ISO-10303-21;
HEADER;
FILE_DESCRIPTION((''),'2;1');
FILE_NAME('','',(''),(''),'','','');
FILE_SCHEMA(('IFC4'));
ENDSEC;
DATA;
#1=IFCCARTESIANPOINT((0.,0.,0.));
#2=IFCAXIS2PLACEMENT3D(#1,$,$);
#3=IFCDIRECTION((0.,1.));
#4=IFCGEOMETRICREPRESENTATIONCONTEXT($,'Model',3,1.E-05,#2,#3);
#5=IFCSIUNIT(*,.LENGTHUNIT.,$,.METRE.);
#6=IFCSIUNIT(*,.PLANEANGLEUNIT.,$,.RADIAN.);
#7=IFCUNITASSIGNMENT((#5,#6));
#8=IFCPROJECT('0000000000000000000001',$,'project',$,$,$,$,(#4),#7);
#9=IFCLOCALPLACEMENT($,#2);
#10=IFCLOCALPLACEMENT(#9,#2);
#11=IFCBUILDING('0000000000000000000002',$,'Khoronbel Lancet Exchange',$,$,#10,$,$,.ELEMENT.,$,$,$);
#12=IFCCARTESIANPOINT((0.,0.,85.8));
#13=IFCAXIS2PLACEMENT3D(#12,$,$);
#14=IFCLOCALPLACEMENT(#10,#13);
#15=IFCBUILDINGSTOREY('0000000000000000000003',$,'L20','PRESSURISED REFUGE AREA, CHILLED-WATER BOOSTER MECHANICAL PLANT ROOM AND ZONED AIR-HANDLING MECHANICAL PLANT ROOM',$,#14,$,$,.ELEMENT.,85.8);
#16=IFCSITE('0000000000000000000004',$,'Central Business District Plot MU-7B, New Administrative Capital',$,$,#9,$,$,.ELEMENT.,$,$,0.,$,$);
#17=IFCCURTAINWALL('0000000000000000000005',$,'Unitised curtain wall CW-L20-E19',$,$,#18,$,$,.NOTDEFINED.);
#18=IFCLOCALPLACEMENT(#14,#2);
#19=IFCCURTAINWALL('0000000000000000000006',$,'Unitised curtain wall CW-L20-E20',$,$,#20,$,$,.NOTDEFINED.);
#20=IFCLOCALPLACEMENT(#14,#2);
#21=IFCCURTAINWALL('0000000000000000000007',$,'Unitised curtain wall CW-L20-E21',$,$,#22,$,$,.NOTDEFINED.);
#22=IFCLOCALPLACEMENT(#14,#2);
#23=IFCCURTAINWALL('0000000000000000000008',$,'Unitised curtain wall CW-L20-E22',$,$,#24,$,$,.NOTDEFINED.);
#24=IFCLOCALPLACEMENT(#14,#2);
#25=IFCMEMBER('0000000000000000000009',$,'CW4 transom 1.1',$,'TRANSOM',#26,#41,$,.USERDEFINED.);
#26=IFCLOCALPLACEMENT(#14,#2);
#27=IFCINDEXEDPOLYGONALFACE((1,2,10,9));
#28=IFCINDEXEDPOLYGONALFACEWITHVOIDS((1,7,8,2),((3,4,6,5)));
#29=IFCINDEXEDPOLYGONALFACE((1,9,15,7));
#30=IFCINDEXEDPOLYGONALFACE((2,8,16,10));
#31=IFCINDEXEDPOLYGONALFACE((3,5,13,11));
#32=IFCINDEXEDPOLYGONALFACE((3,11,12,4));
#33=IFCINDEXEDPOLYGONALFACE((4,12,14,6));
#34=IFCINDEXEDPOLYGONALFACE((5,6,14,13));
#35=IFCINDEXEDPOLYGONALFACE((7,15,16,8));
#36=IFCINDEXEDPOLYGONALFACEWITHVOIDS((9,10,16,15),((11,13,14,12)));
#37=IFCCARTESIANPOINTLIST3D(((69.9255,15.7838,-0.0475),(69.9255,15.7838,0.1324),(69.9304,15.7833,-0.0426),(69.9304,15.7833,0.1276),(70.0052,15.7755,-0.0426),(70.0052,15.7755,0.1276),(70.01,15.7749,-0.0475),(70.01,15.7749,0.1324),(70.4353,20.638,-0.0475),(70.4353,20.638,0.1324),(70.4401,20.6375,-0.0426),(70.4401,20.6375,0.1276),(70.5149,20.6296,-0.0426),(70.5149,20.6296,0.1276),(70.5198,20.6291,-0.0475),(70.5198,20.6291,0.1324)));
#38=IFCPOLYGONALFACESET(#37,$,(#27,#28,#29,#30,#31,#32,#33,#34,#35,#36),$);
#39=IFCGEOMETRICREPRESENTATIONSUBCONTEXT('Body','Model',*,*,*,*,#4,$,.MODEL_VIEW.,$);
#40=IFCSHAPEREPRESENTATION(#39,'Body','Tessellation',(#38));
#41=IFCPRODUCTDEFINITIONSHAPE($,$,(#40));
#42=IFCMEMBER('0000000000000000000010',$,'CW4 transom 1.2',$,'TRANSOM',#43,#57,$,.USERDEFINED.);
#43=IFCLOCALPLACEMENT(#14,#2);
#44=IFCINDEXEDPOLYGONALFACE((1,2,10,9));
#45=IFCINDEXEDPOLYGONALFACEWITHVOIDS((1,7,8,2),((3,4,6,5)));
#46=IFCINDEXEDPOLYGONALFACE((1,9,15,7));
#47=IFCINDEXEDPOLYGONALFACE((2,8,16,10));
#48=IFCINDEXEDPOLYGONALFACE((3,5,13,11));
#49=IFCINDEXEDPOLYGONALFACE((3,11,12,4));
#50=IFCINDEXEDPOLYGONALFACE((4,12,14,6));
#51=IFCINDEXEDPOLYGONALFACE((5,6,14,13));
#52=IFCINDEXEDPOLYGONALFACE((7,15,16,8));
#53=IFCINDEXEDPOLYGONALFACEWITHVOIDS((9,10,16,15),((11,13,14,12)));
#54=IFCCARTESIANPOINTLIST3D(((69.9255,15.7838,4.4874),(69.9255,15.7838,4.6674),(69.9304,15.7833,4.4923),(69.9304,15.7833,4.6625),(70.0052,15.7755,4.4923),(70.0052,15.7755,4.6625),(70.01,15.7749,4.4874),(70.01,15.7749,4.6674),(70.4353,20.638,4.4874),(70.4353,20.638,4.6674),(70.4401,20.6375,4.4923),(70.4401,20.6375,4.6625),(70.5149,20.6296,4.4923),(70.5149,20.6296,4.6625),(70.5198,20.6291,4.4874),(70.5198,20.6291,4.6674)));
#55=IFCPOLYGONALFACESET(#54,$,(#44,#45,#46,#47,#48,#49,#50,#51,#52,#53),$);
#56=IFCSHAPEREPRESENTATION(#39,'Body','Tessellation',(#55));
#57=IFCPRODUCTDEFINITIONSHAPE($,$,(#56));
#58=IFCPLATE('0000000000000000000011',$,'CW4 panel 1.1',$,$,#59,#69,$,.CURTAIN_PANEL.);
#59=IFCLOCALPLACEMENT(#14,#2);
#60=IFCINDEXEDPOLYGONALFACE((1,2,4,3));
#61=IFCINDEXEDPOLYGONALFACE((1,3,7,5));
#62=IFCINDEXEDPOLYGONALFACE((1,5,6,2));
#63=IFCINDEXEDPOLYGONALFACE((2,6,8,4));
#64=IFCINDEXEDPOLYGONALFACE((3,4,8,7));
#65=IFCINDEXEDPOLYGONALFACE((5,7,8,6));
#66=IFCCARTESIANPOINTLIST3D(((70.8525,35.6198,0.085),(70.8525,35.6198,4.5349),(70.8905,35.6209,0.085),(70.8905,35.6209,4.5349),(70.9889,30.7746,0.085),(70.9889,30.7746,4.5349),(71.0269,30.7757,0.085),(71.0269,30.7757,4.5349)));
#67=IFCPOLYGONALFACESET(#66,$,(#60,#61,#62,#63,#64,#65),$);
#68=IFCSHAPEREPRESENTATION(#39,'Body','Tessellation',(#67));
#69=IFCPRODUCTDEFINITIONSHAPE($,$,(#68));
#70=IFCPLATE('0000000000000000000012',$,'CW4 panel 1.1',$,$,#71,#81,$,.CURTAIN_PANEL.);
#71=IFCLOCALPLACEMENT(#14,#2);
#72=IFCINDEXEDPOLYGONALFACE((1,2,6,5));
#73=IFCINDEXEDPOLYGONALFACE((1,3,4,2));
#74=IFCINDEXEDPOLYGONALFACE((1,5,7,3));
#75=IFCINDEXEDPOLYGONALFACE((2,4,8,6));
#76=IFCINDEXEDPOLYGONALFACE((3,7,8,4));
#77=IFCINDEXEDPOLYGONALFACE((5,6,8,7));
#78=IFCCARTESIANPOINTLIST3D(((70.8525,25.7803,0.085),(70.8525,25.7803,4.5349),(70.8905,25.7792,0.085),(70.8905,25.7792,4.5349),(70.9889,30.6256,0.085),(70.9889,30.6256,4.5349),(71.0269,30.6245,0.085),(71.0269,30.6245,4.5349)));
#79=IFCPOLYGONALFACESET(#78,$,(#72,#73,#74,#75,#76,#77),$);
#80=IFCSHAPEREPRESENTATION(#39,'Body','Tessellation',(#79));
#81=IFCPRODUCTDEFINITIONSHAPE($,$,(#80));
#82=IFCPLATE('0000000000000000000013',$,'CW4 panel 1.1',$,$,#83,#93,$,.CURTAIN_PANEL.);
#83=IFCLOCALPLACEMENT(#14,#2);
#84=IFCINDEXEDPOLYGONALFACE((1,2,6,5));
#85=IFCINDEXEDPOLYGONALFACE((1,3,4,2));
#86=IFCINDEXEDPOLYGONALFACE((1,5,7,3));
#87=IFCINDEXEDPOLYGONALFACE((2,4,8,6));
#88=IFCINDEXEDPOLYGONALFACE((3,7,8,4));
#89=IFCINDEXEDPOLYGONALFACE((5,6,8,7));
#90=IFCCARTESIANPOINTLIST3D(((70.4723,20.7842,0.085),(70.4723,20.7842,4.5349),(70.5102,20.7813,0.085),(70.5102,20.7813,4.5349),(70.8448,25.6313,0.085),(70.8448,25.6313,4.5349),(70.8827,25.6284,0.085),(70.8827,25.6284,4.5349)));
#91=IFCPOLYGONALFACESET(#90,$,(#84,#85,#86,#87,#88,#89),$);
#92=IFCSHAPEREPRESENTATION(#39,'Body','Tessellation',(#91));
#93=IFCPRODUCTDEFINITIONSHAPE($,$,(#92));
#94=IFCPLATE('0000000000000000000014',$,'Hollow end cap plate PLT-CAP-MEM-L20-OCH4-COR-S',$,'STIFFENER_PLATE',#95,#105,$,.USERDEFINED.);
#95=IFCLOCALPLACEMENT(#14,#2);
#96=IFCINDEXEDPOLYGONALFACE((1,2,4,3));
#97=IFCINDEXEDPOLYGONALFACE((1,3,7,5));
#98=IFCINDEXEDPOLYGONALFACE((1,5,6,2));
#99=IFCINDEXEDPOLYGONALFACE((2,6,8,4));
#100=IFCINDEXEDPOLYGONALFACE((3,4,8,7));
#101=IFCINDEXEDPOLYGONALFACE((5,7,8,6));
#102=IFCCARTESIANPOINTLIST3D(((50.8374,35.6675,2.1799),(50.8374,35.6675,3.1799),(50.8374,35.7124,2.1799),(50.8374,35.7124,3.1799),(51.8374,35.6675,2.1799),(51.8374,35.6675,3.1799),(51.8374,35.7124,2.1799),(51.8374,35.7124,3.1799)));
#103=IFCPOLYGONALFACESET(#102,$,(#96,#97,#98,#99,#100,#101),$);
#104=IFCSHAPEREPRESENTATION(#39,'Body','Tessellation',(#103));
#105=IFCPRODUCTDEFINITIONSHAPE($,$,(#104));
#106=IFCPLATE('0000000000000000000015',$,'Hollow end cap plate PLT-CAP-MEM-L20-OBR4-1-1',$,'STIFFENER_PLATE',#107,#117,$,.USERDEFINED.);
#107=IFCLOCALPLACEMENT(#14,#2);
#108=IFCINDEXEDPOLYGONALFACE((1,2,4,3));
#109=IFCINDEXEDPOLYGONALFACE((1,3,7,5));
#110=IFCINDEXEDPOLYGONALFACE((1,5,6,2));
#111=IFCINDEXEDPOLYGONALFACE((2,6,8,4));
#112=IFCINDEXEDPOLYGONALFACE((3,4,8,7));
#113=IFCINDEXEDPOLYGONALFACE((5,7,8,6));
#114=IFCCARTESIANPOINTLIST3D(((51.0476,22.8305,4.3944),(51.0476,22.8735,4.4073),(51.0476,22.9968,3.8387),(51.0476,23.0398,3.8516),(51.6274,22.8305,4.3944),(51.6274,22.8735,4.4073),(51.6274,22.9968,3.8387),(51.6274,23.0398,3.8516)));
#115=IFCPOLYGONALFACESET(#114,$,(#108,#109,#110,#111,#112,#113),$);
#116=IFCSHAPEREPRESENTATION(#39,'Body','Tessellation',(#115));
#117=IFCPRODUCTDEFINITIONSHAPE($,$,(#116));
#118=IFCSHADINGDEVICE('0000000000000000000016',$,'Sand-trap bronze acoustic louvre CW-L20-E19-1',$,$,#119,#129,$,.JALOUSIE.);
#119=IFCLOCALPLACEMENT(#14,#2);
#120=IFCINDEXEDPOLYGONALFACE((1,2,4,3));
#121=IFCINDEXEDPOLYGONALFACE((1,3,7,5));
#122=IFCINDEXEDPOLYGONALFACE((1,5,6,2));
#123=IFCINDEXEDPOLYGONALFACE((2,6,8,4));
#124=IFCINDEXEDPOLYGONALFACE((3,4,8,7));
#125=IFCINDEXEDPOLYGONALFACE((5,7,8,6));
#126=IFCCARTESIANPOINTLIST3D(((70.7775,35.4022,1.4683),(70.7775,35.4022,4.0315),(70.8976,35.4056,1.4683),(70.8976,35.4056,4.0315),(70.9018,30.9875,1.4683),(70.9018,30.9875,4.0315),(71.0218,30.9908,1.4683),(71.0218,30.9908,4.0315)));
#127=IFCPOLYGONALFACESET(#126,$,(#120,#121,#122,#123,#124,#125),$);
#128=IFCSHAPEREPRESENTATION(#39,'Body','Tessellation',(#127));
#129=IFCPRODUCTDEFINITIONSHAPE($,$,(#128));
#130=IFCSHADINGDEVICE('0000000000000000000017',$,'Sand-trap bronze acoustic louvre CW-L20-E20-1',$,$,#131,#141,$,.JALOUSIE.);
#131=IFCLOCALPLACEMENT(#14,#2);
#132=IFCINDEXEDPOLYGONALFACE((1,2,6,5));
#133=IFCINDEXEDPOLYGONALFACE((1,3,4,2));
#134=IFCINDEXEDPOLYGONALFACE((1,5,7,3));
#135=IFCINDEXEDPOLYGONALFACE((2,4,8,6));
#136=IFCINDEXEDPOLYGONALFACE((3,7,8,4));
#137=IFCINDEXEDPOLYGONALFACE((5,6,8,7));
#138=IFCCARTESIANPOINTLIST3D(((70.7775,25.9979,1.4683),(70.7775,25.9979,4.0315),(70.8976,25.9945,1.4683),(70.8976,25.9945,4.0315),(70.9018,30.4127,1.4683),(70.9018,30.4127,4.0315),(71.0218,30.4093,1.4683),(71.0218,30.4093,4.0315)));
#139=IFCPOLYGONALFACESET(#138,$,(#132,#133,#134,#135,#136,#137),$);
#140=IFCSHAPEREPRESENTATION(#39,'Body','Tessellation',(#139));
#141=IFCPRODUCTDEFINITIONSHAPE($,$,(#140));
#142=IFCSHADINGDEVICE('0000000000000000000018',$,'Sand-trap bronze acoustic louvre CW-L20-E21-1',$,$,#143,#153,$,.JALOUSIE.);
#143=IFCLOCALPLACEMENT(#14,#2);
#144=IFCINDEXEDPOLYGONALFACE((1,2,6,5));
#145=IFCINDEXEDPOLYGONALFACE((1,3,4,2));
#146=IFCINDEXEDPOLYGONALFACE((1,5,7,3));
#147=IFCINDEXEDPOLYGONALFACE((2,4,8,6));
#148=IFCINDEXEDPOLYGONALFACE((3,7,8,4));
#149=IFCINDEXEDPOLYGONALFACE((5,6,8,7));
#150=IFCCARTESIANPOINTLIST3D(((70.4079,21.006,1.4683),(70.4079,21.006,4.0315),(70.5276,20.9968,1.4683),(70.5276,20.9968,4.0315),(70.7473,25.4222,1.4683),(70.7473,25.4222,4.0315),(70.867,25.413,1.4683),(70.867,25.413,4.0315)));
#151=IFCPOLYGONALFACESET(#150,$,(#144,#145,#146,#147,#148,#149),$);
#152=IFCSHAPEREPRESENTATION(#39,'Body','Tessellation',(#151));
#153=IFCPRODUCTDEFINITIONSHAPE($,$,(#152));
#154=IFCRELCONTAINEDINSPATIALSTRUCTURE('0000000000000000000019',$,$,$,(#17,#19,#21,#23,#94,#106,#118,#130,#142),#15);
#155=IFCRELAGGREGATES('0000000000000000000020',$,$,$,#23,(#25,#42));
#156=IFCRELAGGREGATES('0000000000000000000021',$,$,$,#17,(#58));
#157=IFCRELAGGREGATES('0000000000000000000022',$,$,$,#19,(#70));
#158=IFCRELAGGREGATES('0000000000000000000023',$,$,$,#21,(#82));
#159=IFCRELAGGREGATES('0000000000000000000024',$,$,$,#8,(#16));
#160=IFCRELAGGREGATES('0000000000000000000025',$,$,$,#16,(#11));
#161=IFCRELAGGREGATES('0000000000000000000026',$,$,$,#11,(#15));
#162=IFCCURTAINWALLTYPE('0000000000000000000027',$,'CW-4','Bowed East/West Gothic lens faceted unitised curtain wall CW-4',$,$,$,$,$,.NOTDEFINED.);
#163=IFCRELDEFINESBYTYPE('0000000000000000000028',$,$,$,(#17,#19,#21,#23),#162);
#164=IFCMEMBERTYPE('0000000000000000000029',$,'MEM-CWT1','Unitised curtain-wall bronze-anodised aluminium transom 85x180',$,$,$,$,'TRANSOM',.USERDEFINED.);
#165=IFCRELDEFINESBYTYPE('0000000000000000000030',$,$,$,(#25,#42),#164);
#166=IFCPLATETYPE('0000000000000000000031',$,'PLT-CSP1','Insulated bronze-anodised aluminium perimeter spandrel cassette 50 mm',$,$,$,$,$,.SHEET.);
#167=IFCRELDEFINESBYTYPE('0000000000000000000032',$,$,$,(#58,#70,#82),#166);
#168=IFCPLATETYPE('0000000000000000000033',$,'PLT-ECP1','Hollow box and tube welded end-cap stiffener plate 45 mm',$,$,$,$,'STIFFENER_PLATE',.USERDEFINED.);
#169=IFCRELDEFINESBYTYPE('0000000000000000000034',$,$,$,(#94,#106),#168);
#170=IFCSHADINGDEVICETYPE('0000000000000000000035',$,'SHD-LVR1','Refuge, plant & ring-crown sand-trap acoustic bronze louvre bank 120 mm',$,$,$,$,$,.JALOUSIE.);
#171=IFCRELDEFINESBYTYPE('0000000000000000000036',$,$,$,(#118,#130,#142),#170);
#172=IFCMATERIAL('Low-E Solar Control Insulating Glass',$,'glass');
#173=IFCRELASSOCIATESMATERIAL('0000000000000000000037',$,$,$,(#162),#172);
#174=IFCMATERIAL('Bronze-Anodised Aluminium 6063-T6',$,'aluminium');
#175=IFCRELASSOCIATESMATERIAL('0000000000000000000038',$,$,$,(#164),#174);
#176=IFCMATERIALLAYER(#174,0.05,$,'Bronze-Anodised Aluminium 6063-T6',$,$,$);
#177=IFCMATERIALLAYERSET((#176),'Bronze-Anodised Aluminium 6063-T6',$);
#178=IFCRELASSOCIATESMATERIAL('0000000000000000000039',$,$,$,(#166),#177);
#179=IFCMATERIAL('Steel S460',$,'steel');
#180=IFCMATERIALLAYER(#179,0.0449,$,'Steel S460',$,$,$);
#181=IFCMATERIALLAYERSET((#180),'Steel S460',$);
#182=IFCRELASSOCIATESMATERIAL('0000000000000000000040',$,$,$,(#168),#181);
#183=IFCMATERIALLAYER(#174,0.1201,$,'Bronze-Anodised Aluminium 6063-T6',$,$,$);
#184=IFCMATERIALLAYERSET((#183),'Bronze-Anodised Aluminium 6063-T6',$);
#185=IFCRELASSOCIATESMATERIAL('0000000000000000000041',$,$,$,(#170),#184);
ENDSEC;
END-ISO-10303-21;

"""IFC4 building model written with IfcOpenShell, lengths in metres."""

from ifc_helpers import new_model, si_unit, direction, frame, origin, origin_2d, place, context, subcontext, project, spatial, polyline, rectangle, hollow_rectangle, outline, extrude, material, layer, layer_set, material_profile, profile_set, type_object, element, aggregate, save


model = new_model("IFC4")

# Units and contexts
model_context = context("Model", 3, precision=1e-05, world=origin(), true_north=direction((0.0, 1.0)))
body_context = subcontext(model_context, "Body", "Model", "MODEL_VIEW")
ifc_project = project(units=[si_unit("LENGTHUNIT", "METRE"), si_unit("PLANEANGLEUNIT", "RADIAN")], contexts=[model_context])

# Site, building, storey
site_placement = place(None, origin())
site = spatial("IfcSite", under=ifc_project, at=site_placement, Name="Central Business District Plot MU-7B, New Administrative Capital", CompositionType="ELEMENT", RefElevation=0.0)
building_placement = place(site_placement, origin())
building = spatial("IfcBuilding", under=site, at=building_placement, Name="Khoronbel Lancet Exchange", CompositionType="ELEMENT")
storey_placement = place(building_placement, frame((0.0, 0.0, 85.8)))
storey = spatial("IfcBuildingStorey", under=building, at=storey_placement, Name="L20", Description="PRESSURISED REFUGE AREA, CHILLED-WATER BOOSTER MECHANICAL PLANT ROOM AND ZONED AIR-HANDLING MECHANICAL PLANT ROOM", CompositionType="ELEMENT", Elevation=85.8)

# Curtain walls
ifc_material_1 = material(Name="Low-E Solar Control Insulating Glass", Category="glass")
curtain_wall_type = type_object("IfcCurtainWallType", Name="CW-4", Description="Bowed East/West Gothic lens faceted unitised curtain wall CW-4", PredefinedType="NOTDEFINED", material=ifc_material_1)
curtain_wall_1_placement = place(storey_placement, origin())
curtain_wall_1 = element("IfcCurtainWall", 1, at=curtain_wall_1_placement, inside=storey, type_object=curtain_wall_type, Name="Unitised curtain wall CW-L20-E19", PredefinedType="NOTDEFINED")
ifc_material_2 = material(Name="Bronze-Anodised Aluminium 6063-T6", Category="aluminium")
curtain_wall_2_placement = place(storey_placement, origin())
curtain_wall_2 = element("IfcCurtainWall", 2, at=curtain_wall_2_placement, inside=storey, type_object=curtain_wall_type, Name="Unitised curtain wall CW-L20-E20", PredefinedType="NOTDEFINED")
curtain_wall_3_placement = place(storey_placement, origin())
curtain_wall_3 = element("IfcCurtainWall", 3, at=curtain_wall_3_placement, inside=storey, type_object=curtain_wall_type, Name="Unitised curtain wall CW-L20-E21", PredefinedType="NOTDEFINED")

# Curtain wall
curtain_wall_4_placement = place(storey_placement, origin())
curtain_wall_4 = element("IfcCurtainWall", 4, at=curtain_wall_4_placement, inside=storey, type_object=curtain_wall_type, Name="Unitised curtain wall CW-L20-E22", PredefinedType="NOTDEFINED")

# Members
ifc_material_profile_1 = material_profile(ifc_material_2, hollow_rectangle(XDim=0.085, YDim=0.1799, WallThickness=0.0049, at=origin_2d()), Name="ALU TRANSOM 85x180")
ifc_profile_set_1 = profile_set([ifc_material_profile_1], Name="Bronze-Anodised Aluminium 6063-T6")
member_type_1 = type_object("IfcMemberType", Name="MEM-CWT1", Description="Unitised curtain-wall bronze-anodised aluminium transom 85x180", ElementType="TRANSOM", PredefinedType="USERDEFINED", material=ifc_profile_set_1)
member_1_placement = place(storey_placement, frame((70.4775, 20.6335, 0.0425), z_axis=(-0.10444, -0.994531, 0.0), x_axis=(0.994531, -0.10444, 0.0)))
member_1 = element("IfcMember", 5, at=member_1_placement, type_object=member_type_1, Name="CW4 transom 1.1", ObjectType="TRANSOM", PredefinedType="USERDEFINED", context=body_context, shape_type="SweptSolid", body=[
    extrude(hollow_rectangle(XDim=0.085, YDim=0.1799, WallThickness=0.0049, at=origin_2d()), origin(), (0.0, 0.0, 1.0), 4.8809),
])
member_2_placement = place(storey_placement, frame((70.4775, 20.6335, 4.5774), z_axis=(-0.10444, -0.994531, 0.0), x_axis=(0.994531, -0.10444, 0.0)))
member_2 = element("IfcMember", 6, at=member_2_placement, type_object=member_type_1, Name="CW4 transom 1.2", ObjectType="TRANSOM", PredefinedType="USERDEFINED", context=body_context, shape_type="SweptSolid", body=[
    extrude(hollow_rectangle(XDim=0.085, YDim=0.1799, WallThickness=0.0049, at=origin_2d()), origin(), (0.0, 0.0, 1.0), 4.8809),
])
aggregate(curtain_wall_4, [member_1, member_2])

# Plates
ifc_layer_1 = layer(ifc_material_2, 0.05, Name="Bronze-Anodised Aluminium 6063-T6")
ifc_layer_set_1 = layer_set([ifc_layer_1], Name="Bronze-Anodised Aluminium 6063-T6")
plate_type_1 = type_object("IfcPlateType", Name="PLT-CSP1", Description="Insulated bronze-anodised aluminium perimeter spandrel cassette 50 mm", PredefinedType="SHEET", material=ifc_layer_set_1)
plate_1_placement = place(storey_placement, frame((70.9397, 33.1978, 0.085), z_axis=(0.0, 0.0, 1.0), x_axis=(0.028135, -0.999604, 0.0)))
plate_1 = element("IfcPlate", 7, at=plate_1_placement, type_object=plate_type_1, Name="CW4 panel 1.1", PredefinedType="CURTAIN_PANEL", context=body_context, shape_type="SweptSolid", body=[
    extrude(rectangle(XDim=4.8472, YDim=0.0381, at=origin_2d()), origin(), (0.0, 0.0, 1.0), 4.45),
])
aggregate(curtain_wall_1, [plate_1])
plate_2_placement = place(storey_placement, frame((70.9397, 28.2024, 0.085), z_axis=(0.0, 0.0, 1.0), x_axis=(-0.028135, -0.999604, 0.0)))
plate_2 = element("IfcPlate", 8, at=plate_2_placement, type_object=plate_type_1, Name="CW4 panel 1.1", PredefinedType="CURTAIN_PANEL", context=body_context, shape_type="SweptSolid", body=[
    extrude(rectangle(XDim=4.8472, YDim=0.0381, at=origin_2d()), origin(), (0.0, 0.0, 1.0), 4.45),
])
aggregate(curtain_wall_2, [plate_2])
plate_3_placement = place(storey_placement, frame((70.6775, 23.2063, 0.085), z_axis=(0.0, 0.0, 1.0), x_axis=(-0.076626, -0.99706, 0.0)))
plate_3 = element("IfcPlate", 9, at=plate_3_placement, type_object=plate_type_1, Name="CW4 panel 1.1", PredefinedType="CURTAIN_PANEL", context=body_context, shape_type="SweptSolid", body=[
    extrude(rectangle(XDim=4.8613, YDim=0.0381, at=origin_2d()), origin(), (0.0, 0.0, 1.0), 4.45),
])
aggregate(curtain_wall_3, [plate_3])

# Plates
ifc_material_3 = material(Name="Steel S460", Category="steel")
ifc_layer_2 = layer(ifc_material_3, 0.0449, Name="Steel S460")
ifc_layer_set_2 = layer_set([ifc_layer_2], Name="Steel S460")
plate_type_2 = type_object("IfcPlateType", Name="PLT-ECP1", Description="Hollow box and tube welded end-cap stiffener plate 45 mm", ElementType="STIFFENER_PLATE", PredefinedType="USERDEFINED", material=ifc_layer_set_2)
plate_4_placement = place(storey_placement, frame((51.3374, 35.6899, 2.1799), z_axis=(0.0, 0.0, 1.0), x_axis=(0.0, -1.0, 0.0)))
element("IfcPlate", 10, at=plate_4_placement, inside=storey, type_object=plate_type_2, Name="Hollow end cap plate PLT-CAP-MEM-L20-OCH4-COR-S", ObjectType="STIFFENER_PLATE", PredefinedType="USERDEFINED", context=body_context, shape_type="SweptSolid", body=[
    extrude(rectangle(XDim=0.0449, YDim=1.0, at=origin_2d()), origin(), (0.0, 0.0, 1.0), 1.0),
])
plate_5_placement = place(storey_placement, frame((51.6274, 23.0398, 3.8516), z_axis=(0.0, 0.958035, 0.286653), x_axis=(-1.0, 0.0, 0.0)))
element("IfcPlate", 11, at=plate_5_placement, inside=storey, type_object=plate_type_2, Name="Hollow end cap plate PLT-CAP-MEM-L20-OBR4-1-1", ObjectType="STIFFENER_PLATE", PredefinedType="USERDEFINED", context=body_context, shape_type="SweptSolid", body=[
    extrude(outline(polyline([(0.0, 0.0), (0.5798, 0.0), (0.5798, 0.5801), (0.0, 0.5801), (0.0, 0.0)])), origin(), (0.0, 0.0, -1.0), 0.0449),
])

# Shading devices
ifc_layer_3 = layer(ifc_material_2, 0.1201, Name="Bronze-Anodised Aluminium 6063-T6")
ifc_layer_set_3 = layer_set([ifc_layer_3], Name="Bronze-Anodised Aluminium 6063-T6")
shading_device_type = type_object("IfcShadingDeviceType", Name="SHD-LVR1", Description="Refuge, plant & ring-crown sand-trap acoustic bronze louvre bank 120 mm", PredefinedType="JALOUSIE", material=ifc_layer_set_3)
for number, where, z_axis, x_axis, name in (
    (12, (70.8997, 33.1965, 1.4683), (0.0, 0.0, 1.0), (0.028135, -0.999604, 0.0), "Sand-trap bronze acoustic louvre CW-L20-E19-1"),
    (13, (70.8997, 28.2036, 1.4683), (0.0, 0.0, 1.0), (-0.028135, -0.999604, 0.0), "Sand-trap bronze acoustic louvre CW-L20-E20-1"),
):
    element("IfcShadingDevice", number, at=place(storey_placement, frame(where, z_axis=z_axis, x_axis=x_axis)), inside=storey, type_object=shading_device_type, Name=name, PredefinedType="JALOUSIE", context=body_context, shape_type="SweptSolid", body=[
        extrude(rectangle(XDim=4.4165, YDim=0.1201, at=origin_2d()), origin(), (0.0, 0.0, 1.0), 2.5632),
    ])
shading_device_placement = place(storey_placement, frame((70.6375, 23.2095, 1.4683), z_axis=(0.0, 0.0, 1.0), x_axis=(-0.076626, -0.99706, 0.0)))
element("IfcShadingDevice", 14, at=shading_device_placement, inside=storey, type_object=shading_device_type, Name="Sand-trap bronze acoustic louvre CW-L20-E21-1", PredefinedType="JALOUSIE", context=body_context, shape_type="SweptSolid", body=[
    extrude(rectangle(XDim=4.4292, YDim=0.1201, at=origin_2d()), origin(), (0.0, 0.0, 1.0), 2.5632),
])

save(model, "model.ifc")
